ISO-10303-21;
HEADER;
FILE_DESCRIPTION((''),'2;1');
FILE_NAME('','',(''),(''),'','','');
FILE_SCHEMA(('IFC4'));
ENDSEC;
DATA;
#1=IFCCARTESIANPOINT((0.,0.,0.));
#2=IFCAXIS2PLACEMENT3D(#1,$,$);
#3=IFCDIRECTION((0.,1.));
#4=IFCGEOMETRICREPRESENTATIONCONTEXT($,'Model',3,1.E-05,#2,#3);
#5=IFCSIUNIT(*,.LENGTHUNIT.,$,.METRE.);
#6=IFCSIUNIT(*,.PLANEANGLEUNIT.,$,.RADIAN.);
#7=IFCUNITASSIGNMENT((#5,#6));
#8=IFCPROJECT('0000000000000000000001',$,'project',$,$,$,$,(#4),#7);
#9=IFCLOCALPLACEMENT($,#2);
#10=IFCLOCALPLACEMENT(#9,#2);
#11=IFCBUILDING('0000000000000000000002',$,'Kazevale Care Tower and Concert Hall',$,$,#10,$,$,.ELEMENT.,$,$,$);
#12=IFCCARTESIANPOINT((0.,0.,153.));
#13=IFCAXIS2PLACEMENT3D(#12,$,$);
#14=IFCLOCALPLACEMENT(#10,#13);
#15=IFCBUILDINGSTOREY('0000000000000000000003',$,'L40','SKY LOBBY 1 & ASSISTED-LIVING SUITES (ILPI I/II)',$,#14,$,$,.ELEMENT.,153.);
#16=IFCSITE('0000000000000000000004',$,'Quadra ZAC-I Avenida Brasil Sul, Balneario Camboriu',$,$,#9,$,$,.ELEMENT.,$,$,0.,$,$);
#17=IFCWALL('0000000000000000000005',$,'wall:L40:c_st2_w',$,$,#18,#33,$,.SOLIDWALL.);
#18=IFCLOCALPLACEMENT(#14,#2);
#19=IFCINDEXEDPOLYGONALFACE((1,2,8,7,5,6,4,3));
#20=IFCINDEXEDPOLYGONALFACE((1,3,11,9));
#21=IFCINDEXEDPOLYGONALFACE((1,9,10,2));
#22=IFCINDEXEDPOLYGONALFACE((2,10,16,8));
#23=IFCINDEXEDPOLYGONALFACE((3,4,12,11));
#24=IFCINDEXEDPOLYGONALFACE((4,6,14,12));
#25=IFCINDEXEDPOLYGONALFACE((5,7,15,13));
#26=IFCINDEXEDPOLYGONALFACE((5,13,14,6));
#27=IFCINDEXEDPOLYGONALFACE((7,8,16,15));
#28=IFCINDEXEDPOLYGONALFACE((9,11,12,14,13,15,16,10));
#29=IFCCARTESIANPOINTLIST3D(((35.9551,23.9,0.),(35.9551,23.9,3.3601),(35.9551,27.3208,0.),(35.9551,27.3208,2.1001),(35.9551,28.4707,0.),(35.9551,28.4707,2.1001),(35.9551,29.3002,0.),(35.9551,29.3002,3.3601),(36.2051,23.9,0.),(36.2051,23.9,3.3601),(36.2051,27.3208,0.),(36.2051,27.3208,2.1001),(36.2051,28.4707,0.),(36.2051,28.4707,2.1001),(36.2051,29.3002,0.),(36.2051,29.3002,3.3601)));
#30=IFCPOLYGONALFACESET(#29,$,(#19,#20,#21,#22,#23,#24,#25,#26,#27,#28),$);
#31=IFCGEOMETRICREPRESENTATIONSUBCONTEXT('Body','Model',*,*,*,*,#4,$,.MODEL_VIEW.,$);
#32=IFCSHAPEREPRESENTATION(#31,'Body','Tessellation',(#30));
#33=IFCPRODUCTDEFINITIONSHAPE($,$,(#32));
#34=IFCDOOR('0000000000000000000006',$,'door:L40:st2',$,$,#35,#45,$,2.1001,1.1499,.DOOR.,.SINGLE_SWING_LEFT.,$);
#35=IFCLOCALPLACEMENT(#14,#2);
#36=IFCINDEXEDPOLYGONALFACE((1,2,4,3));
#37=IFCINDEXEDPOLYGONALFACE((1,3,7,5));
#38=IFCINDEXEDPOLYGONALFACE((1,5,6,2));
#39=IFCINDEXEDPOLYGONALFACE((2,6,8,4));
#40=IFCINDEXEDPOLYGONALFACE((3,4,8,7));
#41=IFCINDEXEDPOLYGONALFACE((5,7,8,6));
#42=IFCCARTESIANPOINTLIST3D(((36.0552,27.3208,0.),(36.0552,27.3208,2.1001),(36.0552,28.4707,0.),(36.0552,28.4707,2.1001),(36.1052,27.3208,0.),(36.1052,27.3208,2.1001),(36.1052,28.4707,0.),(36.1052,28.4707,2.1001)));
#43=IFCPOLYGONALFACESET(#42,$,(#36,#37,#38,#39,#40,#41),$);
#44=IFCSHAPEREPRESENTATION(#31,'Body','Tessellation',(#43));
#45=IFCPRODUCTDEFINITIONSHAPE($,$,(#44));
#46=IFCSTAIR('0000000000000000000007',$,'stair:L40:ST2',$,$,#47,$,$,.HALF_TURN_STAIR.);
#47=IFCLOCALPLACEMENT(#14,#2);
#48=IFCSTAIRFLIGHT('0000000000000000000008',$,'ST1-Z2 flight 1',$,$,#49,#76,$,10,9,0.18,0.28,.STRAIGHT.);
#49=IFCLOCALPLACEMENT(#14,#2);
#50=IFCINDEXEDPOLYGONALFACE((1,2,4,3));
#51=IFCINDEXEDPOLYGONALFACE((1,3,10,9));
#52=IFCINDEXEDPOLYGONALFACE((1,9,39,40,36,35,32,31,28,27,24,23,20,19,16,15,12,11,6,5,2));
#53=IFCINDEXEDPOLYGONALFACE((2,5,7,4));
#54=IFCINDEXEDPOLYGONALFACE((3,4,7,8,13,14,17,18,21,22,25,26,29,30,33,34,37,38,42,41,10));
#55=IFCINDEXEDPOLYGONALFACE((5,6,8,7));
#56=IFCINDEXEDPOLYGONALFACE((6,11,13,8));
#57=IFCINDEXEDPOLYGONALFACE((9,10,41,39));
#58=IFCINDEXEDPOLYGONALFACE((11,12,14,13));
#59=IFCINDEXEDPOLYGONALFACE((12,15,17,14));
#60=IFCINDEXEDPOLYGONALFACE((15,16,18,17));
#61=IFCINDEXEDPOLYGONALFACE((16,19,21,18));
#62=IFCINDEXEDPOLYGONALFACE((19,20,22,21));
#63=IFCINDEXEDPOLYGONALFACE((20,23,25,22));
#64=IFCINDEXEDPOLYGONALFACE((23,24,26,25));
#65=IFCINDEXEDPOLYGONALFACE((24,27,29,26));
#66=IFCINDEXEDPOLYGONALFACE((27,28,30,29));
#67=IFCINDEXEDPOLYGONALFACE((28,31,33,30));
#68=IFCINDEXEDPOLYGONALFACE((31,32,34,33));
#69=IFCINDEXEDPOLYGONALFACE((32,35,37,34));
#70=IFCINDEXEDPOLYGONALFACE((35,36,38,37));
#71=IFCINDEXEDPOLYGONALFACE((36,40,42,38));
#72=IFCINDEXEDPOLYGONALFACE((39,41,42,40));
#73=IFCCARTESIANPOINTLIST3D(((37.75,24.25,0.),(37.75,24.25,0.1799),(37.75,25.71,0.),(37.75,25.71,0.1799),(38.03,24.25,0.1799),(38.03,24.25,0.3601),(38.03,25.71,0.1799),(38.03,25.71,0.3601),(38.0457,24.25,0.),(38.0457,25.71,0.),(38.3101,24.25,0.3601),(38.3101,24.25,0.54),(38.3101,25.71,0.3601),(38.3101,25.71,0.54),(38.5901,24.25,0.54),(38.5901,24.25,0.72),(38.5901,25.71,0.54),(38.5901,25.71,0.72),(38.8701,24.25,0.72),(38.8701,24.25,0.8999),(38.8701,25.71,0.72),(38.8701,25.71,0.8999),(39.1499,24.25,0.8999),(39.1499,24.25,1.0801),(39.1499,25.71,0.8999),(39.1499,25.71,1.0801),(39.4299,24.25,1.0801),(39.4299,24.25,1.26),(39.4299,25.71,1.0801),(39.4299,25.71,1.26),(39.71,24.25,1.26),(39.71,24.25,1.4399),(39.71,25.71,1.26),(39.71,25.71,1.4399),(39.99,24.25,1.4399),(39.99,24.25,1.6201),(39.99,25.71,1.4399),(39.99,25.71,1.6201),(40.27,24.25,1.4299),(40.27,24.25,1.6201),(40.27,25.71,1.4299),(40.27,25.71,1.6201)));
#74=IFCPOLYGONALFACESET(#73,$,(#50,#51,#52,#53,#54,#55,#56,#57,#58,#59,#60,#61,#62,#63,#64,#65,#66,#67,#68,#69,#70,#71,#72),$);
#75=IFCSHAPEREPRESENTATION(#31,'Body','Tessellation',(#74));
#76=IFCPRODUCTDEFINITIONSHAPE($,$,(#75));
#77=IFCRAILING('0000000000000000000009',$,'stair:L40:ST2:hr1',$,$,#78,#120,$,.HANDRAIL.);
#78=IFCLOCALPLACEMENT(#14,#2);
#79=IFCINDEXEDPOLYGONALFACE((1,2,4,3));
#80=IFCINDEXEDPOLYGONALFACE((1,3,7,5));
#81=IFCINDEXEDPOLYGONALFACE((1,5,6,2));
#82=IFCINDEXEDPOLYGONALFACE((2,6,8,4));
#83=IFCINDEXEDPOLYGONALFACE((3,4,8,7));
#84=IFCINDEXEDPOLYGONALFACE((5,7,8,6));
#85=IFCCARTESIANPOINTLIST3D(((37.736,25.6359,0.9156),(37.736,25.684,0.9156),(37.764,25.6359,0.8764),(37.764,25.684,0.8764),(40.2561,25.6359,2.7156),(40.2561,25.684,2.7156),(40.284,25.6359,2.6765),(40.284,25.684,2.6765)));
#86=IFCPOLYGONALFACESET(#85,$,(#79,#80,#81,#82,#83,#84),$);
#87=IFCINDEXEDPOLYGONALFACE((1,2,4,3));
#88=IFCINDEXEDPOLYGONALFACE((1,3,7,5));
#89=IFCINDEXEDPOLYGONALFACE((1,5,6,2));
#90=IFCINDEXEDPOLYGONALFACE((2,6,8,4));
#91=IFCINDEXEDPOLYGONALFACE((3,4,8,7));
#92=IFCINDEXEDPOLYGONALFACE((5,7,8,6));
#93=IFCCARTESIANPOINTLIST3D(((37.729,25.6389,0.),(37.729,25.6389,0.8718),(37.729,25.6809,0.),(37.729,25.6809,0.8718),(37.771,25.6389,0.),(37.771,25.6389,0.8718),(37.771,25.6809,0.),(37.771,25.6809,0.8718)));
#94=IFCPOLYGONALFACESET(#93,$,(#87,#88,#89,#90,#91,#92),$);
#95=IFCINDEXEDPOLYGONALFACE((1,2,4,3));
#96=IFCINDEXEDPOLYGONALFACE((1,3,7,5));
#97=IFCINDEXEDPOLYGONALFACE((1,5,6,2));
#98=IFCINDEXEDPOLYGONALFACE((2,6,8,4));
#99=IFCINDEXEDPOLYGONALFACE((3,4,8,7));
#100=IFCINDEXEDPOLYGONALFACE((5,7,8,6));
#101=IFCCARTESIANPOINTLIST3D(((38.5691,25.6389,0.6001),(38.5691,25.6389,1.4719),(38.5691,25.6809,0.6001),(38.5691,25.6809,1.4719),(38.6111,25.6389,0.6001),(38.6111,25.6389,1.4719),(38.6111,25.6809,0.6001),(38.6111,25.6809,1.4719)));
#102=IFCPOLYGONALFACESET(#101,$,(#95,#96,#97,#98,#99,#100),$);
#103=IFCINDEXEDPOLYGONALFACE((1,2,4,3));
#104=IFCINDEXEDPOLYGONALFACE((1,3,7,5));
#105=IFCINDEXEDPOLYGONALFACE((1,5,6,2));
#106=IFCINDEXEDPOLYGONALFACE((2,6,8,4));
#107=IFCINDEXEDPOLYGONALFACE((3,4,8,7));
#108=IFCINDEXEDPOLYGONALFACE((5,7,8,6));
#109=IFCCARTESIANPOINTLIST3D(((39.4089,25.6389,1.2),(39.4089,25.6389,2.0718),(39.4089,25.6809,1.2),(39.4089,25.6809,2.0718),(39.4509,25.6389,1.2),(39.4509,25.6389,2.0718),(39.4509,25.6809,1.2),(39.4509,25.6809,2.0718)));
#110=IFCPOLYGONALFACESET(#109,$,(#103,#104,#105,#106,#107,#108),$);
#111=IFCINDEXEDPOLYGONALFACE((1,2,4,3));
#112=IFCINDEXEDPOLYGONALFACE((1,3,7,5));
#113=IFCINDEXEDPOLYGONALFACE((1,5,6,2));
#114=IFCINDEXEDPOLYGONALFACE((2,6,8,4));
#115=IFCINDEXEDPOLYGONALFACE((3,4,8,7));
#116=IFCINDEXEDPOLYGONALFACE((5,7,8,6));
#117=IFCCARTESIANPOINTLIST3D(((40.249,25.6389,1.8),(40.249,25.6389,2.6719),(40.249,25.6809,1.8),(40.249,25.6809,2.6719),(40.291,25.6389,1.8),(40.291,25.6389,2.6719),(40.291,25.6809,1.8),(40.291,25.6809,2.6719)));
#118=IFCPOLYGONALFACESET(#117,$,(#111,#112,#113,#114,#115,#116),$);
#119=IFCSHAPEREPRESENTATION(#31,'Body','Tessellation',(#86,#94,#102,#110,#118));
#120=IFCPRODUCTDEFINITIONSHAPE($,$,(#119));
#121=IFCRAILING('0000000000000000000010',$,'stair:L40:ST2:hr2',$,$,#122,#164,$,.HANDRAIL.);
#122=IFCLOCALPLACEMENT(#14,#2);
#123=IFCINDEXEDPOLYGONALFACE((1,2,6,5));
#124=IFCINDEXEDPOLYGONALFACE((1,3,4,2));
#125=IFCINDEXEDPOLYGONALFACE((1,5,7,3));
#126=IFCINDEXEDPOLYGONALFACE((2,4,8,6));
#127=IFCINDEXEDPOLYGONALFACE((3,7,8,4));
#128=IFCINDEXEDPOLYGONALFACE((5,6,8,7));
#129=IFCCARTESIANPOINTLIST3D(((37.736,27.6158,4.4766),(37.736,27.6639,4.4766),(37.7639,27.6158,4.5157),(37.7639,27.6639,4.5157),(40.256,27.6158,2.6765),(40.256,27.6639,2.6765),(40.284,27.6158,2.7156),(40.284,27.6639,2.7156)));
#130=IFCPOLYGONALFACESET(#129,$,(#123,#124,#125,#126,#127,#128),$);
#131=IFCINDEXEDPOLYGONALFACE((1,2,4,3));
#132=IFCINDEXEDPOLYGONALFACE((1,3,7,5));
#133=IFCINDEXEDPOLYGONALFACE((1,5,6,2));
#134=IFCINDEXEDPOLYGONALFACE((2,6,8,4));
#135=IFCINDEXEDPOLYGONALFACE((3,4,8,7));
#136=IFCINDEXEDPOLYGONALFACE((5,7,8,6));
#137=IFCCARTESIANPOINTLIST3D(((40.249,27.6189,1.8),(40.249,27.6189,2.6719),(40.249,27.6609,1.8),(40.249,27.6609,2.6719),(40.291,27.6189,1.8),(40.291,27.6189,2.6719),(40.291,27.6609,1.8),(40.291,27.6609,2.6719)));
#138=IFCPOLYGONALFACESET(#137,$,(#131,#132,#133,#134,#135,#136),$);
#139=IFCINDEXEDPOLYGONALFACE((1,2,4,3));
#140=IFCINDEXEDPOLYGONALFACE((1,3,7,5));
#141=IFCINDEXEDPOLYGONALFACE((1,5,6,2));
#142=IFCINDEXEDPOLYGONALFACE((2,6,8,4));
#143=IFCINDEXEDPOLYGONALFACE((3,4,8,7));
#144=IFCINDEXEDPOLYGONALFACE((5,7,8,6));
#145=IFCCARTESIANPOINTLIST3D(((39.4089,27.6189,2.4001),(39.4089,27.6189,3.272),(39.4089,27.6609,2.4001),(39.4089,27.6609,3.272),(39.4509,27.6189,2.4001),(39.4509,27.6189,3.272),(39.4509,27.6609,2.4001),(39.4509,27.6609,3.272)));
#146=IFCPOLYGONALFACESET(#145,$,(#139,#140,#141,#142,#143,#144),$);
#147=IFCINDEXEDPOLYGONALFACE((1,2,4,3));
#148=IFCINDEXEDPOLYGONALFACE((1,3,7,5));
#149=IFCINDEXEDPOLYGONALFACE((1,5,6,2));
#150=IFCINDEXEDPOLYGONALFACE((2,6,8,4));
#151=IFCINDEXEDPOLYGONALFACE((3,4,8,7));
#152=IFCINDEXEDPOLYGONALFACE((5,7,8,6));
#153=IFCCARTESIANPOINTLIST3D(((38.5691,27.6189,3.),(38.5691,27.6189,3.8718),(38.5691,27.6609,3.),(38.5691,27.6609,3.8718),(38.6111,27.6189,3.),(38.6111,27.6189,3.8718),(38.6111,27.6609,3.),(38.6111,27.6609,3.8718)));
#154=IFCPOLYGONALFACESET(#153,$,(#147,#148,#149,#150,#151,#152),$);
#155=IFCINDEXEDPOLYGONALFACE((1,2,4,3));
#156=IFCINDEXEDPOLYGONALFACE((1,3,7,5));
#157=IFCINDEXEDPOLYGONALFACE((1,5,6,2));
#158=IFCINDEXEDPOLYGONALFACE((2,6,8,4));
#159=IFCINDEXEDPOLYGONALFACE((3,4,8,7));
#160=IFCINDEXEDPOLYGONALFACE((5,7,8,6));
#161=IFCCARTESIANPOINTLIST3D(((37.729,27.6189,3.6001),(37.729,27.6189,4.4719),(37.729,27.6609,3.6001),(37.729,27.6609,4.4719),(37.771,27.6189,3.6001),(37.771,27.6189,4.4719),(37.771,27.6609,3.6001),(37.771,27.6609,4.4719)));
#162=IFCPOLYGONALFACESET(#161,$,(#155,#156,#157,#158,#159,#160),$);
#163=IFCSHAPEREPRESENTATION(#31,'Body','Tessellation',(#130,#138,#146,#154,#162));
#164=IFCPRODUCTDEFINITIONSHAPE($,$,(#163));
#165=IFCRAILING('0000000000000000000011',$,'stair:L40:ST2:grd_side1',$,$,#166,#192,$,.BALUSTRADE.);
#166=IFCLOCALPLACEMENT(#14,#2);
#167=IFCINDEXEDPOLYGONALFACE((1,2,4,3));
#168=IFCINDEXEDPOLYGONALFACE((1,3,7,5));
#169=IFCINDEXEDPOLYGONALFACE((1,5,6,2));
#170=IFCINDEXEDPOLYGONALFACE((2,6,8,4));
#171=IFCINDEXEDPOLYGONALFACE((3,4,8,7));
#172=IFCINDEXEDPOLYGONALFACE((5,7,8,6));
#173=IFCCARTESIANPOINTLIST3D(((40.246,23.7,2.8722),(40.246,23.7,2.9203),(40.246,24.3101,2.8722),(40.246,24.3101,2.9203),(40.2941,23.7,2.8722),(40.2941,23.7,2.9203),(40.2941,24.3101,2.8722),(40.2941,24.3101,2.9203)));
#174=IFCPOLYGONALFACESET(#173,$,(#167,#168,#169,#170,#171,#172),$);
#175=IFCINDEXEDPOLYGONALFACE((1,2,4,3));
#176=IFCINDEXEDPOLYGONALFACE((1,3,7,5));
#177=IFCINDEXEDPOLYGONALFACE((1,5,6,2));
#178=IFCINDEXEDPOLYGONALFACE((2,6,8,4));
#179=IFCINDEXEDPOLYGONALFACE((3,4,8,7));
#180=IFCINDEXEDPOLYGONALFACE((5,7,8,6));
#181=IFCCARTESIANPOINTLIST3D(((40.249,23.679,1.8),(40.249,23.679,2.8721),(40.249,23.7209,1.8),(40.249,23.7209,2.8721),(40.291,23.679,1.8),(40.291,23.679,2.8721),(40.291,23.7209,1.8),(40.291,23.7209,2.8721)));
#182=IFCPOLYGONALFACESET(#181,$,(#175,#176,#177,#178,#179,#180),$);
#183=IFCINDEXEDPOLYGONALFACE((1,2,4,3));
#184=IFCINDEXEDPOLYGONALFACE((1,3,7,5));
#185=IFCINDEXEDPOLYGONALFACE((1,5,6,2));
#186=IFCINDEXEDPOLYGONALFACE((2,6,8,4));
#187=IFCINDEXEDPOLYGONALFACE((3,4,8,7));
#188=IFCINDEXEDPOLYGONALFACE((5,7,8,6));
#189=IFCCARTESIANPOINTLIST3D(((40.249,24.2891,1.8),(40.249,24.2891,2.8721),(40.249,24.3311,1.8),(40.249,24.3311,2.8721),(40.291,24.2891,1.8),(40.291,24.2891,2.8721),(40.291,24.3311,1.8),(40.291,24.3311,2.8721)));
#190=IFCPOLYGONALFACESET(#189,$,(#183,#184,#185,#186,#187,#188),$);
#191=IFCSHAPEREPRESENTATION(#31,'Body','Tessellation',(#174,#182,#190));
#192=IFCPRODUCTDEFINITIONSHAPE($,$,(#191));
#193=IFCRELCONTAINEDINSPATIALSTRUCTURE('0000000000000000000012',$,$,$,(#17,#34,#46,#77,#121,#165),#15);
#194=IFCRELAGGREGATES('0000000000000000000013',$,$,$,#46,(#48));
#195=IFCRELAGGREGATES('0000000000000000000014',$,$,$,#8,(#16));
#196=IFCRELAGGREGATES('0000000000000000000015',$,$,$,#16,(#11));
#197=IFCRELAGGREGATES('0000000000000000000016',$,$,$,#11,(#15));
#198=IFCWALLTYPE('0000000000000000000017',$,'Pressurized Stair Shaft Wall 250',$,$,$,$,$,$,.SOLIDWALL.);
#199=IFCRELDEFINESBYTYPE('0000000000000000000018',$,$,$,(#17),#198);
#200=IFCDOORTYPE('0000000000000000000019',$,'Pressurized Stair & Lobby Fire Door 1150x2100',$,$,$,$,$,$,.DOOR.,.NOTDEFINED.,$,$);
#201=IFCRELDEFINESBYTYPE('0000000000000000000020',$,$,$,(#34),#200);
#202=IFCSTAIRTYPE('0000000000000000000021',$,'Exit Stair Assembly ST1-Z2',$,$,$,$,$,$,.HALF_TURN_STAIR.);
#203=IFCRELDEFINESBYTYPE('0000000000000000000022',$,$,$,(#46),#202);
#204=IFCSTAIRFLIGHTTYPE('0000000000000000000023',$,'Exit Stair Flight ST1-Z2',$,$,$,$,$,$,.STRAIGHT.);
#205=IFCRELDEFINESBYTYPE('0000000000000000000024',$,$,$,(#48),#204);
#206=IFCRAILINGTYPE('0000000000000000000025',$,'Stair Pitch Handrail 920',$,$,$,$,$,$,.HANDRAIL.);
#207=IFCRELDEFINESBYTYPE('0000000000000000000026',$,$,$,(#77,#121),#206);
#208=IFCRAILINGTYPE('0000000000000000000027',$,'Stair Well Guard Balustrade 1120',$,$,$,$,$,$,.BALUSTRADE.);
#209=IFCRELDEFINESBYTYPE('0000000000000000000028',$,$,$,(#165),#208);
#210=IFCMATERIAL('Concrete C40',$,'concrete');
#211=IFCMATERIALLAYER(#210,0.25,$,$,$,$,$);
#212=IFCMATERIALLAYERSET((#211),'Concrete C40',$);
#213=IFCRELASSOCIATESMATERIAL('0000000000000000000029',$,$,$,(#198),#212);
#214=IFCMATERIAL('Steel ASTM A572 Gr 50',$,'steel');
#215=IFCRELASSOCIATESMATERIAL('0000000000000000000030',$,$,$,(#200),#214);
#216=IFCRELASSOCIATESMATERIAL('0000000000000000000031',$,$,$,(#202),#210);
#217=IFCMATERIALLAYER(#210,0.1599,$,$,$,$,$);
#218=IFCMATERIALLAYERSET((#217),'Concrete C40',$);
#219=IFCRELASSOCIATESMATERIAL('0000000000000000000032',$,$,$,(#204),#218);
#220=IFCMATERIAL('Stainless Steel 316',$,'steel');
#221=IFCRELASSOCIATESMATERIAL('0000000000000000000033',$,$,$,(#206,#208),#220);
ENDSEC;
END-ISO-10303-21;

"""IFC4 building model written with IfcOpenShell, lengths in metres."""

from ifc_helpers import new_model, si_unit, direction, frame, frame_2d, origin, origin_2d, place, context, subcontext, project, spatial, polyline, rectangle, outline, extrude, material, layer, layer_set, type_object, element, fill, aggregate, save


model = new_model("IFC4")

# Units and contexts
model_context = context("Model", 3, precision=1e-05, world=origin(), true_north=direction((0.0, 1.0)))
body_context = subcontext(model_context, "Body", "Model", "MODEL_VIEW")
ifc_project = project(units=[si_unit("LENGTHUNIT", "METRE"), si_unit("PLANEANGLEUNIT", "RADIAN")], contexts=[model_context])

# Site, building, storey
site_placement = place(None, origin())
site = spatial("IfcSite", under=ifc_project, at=site_placement, Name="Quadra ZAC-I Avenida Brasil Sul, Balneario Camboriu", CompositionType="ELEMENT", RefElevation=0.0)
building_placement = place(site_placement, origin())
building = spatial("IfcBuilding", under=site, at=building_placement, Name="Kazevale Care Tower and Concert Hall", CompositionType="ELEMENT")
storey_placement = place(building_placement, frame((0.0, 0.0, 153.0)))
storey = spatial("IfcBuildingStorey", under=building, at=storey_placement, Name="L40", Description="SKY LOBBY 1 & ASSISTED-LIVING SUITES (ILPI I/II)", CompositionType="ELEMENT", Elevation=153.0)

# Shared definitions
ifc_material_1 = material(Name="Steel ASTM A572 Gr 50", Category="steel")

# Wall, opening, door
ifc_material_2 = material(Name="Concrete C40", Category="concrete")
ifc_layer_1 = layer(ifc_material_2, 0.25)
ifc_layer_set_1 = layer_set([ifc_layer_1], Name="Concrete C40")
wall_type_1 = type_object("IfcWallType", Name="Pressurized Stair Shaft Wall 250", PredefinedType="SOLIDWALL", material=ifc_layer_set_1)
wall_1_placement = place(storey_placement, frame((36.0801, 23.8999, 0.0), z_axis=(0.0, 0.0, 1.0), x_axis=(0.0, 1.0, 0.0)))
wall_1 = element("IfcWall", 1, at=wall_1_placement, inside=storey, type_object=wall_type_1, Name="wall:L40:c_st2_w", PredefinedType="SOLIDWALL", context=body_context, shape_type="SweptSolid", body=[
    extrude(rectangle(XDim=5.4001, YDim=0.25, at=frame_2d((2.7002, 0.0))), origin(), (0.0, 0.0, 1.0), 3.3601),
])
opening_1_placement = place(wall_1_placement, frame((3.4209, 0.0, 0.0)))
opening_1 = element("IfcOpeningElement", 2, at=opening_1_placement, cuts=wall_1, PredefinedType="OPENING", context=body_context, shape_type="SweptSolid", body=[
    extrude(rectangle(XDim=1.1499, YDim=2.1001, at=frame_2d((0.575, 1.05))), frame((0.0, 0.135, 0.0), z_axis=(0.0, -1.0, 0.0), x_axis=(1.0, 0.0, 0.0)), (0.0, 0.0, 1.0), 0.27),
])
door_type_1 = type_object("IfcDoorType", Name="Pressurized Stair & Lobby Fire Door 1150x2100", OperationType="NOTDEFINED", PredefinedType="DOOR", material=ifc_material_1)
door_1_placement = place(opening_1_placement, origin())
door_1 = element("IfcDoor", 3, at=door_1_placement, inside=storey, type_object=door_type_1, Name="door:L40:st2", OperationType="SINGLE_SWING_LEFT", OverallHeight=2.1001, OverallWidth=1.1499, PredefinedType="DOOR", context=body_context, shape_type="SweptSolid", body=[
    extrude(rectangle(XDim=1.1499, YDim=2.1001, at=frame_2d((0.575, 1.05))), frame((0.0, 0.0249, 0.0), z_axis=(0.0, -1.0, 0.0), x_axis=(1.0, 0.0, 0.0)), (0.0, 0.0, 1.0), 0.05),
])
fill(opening_1, door_1)

# Stair, stair flight
stair_type = type_object("IfcStairType", Name="Exit Stair Assembly ST1-Z2", PredefinedType="HALF_TURN_STAIR", material=ifc_material_2)
stair_placement = place(storey_placement, origin())
stair = element("IfcStair", 4, at=stair_placement, inside=storey, type_object=stair_type, Name="stair:L40:ST2", PredefinedType="HALF_TURN_STAIR")
ifc_layer_2 = layer(ifc_material_2, 0.1599)
ifc_layer_set_2 = layer_set([ifc_layer_2], Name="Concrete C40")
stair_flight_type = type_object("IfcStairFlightType", Name="Exit Stair Flight ST1-Z2", PredefinedType="STRAIGHT", material=ifc_layer_set_2)
stair_flight_placement = place(storey_placement, frame((37.75, 24.98, 0.0), z_axis=(0.0, 0.0, 1.0), x_axis=(1.0, 0.0, 0.0)))
stair_flight = element("IfcStairFlight", 5, at=stair_flight_placement, type_object=stair_flight_type, Name="ST1-Z2 flight 1", NumberOfRisers=10, NumberOfTreads=9, PredefinedType="STRAIGHT", RiserHeight=0.18, TreadLength=0.28, context=body_context, shape_type="SweptSolid", body=[
    extrude(outline(polyline([(0.0, 0.0), (0.0, 0.1799), (0.28, 0.1799), (0.28, 0.3601), (0.5601, 0.3601), (0.5601, 0.54), (0.8401, 0.54), (0.8401, 0.72), (1.1201, 0.72), (1.1201, 0.8999), (1.3999, 0.8999), (1.3999, 1.0801), (1.6799, 1.0801), (1.6799, 1.26), (1.96, 1.26), (1.96, 1.4399), (2.24, 1.4399), (2.24, 1.6201), (2.52, 1.6201), (2.52, 1.8), (2.52, 1.4299), (0.2957, 0.0), (0.0, 0.0)])), frame((0.0, 0.73, 0.0), z_axis=(0.0, -1.0, 0.0), x_axis=(1.0, 0.0, 0.0)), (0.0, 0.0, 1.0), 1.46),
])
aggregate(stair, [stair_flight])

# Railings
ifc_material_3 = material(Name="Stainless Steel 316", Category="steel")
railing_type_1 = type_object("IfcRailingType", Name="Stair Pitch Handrail 920", PredefinedType="HANDRAIL", material=ifc_material_3)
railing_1_placement = place(storey_placement, frame((37.75, 25.6599, 0.0)))
element("IfcRailing", 6, at=railing_1_placement, inside=storey, type_object=railing_type_1, Name="stair:L40:ST2:hr1", PredefinedType="HANDRAIL", context=body_context, shape_type="SweptSolid", body=[
    extrude(rectangle(XDim=0.0481, YDim=0.0481, at=origin_2d()), frame((0.0, 0.0, 0.896), z_axis=(0.813728, 0.0, 0.581246), x_axis=(0.0, 1.0, 0.0)), (0.0, 0.0, 1.0), 3.0969),
    extrude(rectangle(XDim=0.042, YDim=0.042, at=origin_2d()), origin(), (0.0, 0.0, 1.0), 0.8718),
    extrude(rectangle(XDim=0.042, YDim=0.042, at=origin_2d()), frame((0.8401, 0.0, 0.6001)), (0.0, 0.0, 1.0), 0.8718),
    extrude(rectangle(XDim=0.042, YDim=0.042, at=origin_2d()), frame((1.6799, 0.0, 1.2)), (0.0, 0.0, 1.0), 0.8718),
    extrude(rectangle(XDim=0.042, YDim=0.042, at=origin_2d()), frame((2.52, 0.0, 1.8)), (0.0, 0.0, 1.0), 0.8718),
])
railing_2_placement = place(storey_placement, frame((40.27, 27.6399, 1.8)))
element("IfcRailing", 7, at=railing_2_placement, inside=storey, type_object=railing_type_1, Name="stair:L40:ST2:hr2", PredefinedType="HANDRAIL", context=body_context, shape_type="SweptSolid", body=[
    extrude(rectangle(XDim=0.0481, YDim=0.0481, at=origin_2d()), frame((0.0, 0.0, 0.896), z_axis=(-0.813728, 0.0, 0.581246), x_axis=(0.0, -1.0, 0.0)), (0.0, 0.0, 1.0), 3.0969),
    extrude(rectangle(XDim=0.042, YDim=0.042, at=origin_2d()), origin(), (0.0, 0.0, 1.0), 0.8718),
    extrude(rectangle(XDim=0.042, YDim=0.042, at=origin_2d()), frame((-0.8401, 0.0, 0.6001)), (0.0, 0.0, 1.0), 0.8718),
    extrude(rectangle(XDim=0.042, YDim=0.042, at=origin_2d()), frame((-1.6799, 0.0, 1.2)), (0.0, 0.0, 1.0), 0.8718),
    extrude(rectangle(XDim=0.042, YDim=0.042, at=origin_2d()), frame((-2.52, 0.0, 1.8)), (0.0, 0.0, 1.0), 0.8718),
])
railing_type_2 = type_object("IfcRailingType", Name="Stair Well Guard Balustrade 1120", PredefinedType="BALUSTRADE", material=ifc_material_3)
railing_3_placement = place(storey_placement, frame((40.27, 23.7, 1.8)))
element("IfcRailing", 8, at=railing_3_placement, inside=storey, type_object=railing_type_2, Name="stair:L40:ST2:grd_side1", PredefinedType="BALUSTRADE", context=body_context, shape_type="SweptSolid", body=[
    extrude(rectangle(XDim=0.0481, YDim=0.0481, at=origin_2d()), frame((0.0, 0.0, 1.0962), z_axis=(0.0, 1.0, 0.0), x_axis=(-1.0, 0.0, 0.0)), (0.0, 0.0, 1.0), 0.6101),
    extrude(rectangle(XDim=0.042, YDim=0.042, at=origin_2d()), origin(), (0.0, 0.0, 1.0), 1.072),
    extrude(rectangle(XDim=0.042, YDim=0.042, at=origin_2d()), frame((0.0, 0.6101, 0.0)), (0.0, 0.0, 1.0), 1.072),
])

save(model, "model.ifc")
